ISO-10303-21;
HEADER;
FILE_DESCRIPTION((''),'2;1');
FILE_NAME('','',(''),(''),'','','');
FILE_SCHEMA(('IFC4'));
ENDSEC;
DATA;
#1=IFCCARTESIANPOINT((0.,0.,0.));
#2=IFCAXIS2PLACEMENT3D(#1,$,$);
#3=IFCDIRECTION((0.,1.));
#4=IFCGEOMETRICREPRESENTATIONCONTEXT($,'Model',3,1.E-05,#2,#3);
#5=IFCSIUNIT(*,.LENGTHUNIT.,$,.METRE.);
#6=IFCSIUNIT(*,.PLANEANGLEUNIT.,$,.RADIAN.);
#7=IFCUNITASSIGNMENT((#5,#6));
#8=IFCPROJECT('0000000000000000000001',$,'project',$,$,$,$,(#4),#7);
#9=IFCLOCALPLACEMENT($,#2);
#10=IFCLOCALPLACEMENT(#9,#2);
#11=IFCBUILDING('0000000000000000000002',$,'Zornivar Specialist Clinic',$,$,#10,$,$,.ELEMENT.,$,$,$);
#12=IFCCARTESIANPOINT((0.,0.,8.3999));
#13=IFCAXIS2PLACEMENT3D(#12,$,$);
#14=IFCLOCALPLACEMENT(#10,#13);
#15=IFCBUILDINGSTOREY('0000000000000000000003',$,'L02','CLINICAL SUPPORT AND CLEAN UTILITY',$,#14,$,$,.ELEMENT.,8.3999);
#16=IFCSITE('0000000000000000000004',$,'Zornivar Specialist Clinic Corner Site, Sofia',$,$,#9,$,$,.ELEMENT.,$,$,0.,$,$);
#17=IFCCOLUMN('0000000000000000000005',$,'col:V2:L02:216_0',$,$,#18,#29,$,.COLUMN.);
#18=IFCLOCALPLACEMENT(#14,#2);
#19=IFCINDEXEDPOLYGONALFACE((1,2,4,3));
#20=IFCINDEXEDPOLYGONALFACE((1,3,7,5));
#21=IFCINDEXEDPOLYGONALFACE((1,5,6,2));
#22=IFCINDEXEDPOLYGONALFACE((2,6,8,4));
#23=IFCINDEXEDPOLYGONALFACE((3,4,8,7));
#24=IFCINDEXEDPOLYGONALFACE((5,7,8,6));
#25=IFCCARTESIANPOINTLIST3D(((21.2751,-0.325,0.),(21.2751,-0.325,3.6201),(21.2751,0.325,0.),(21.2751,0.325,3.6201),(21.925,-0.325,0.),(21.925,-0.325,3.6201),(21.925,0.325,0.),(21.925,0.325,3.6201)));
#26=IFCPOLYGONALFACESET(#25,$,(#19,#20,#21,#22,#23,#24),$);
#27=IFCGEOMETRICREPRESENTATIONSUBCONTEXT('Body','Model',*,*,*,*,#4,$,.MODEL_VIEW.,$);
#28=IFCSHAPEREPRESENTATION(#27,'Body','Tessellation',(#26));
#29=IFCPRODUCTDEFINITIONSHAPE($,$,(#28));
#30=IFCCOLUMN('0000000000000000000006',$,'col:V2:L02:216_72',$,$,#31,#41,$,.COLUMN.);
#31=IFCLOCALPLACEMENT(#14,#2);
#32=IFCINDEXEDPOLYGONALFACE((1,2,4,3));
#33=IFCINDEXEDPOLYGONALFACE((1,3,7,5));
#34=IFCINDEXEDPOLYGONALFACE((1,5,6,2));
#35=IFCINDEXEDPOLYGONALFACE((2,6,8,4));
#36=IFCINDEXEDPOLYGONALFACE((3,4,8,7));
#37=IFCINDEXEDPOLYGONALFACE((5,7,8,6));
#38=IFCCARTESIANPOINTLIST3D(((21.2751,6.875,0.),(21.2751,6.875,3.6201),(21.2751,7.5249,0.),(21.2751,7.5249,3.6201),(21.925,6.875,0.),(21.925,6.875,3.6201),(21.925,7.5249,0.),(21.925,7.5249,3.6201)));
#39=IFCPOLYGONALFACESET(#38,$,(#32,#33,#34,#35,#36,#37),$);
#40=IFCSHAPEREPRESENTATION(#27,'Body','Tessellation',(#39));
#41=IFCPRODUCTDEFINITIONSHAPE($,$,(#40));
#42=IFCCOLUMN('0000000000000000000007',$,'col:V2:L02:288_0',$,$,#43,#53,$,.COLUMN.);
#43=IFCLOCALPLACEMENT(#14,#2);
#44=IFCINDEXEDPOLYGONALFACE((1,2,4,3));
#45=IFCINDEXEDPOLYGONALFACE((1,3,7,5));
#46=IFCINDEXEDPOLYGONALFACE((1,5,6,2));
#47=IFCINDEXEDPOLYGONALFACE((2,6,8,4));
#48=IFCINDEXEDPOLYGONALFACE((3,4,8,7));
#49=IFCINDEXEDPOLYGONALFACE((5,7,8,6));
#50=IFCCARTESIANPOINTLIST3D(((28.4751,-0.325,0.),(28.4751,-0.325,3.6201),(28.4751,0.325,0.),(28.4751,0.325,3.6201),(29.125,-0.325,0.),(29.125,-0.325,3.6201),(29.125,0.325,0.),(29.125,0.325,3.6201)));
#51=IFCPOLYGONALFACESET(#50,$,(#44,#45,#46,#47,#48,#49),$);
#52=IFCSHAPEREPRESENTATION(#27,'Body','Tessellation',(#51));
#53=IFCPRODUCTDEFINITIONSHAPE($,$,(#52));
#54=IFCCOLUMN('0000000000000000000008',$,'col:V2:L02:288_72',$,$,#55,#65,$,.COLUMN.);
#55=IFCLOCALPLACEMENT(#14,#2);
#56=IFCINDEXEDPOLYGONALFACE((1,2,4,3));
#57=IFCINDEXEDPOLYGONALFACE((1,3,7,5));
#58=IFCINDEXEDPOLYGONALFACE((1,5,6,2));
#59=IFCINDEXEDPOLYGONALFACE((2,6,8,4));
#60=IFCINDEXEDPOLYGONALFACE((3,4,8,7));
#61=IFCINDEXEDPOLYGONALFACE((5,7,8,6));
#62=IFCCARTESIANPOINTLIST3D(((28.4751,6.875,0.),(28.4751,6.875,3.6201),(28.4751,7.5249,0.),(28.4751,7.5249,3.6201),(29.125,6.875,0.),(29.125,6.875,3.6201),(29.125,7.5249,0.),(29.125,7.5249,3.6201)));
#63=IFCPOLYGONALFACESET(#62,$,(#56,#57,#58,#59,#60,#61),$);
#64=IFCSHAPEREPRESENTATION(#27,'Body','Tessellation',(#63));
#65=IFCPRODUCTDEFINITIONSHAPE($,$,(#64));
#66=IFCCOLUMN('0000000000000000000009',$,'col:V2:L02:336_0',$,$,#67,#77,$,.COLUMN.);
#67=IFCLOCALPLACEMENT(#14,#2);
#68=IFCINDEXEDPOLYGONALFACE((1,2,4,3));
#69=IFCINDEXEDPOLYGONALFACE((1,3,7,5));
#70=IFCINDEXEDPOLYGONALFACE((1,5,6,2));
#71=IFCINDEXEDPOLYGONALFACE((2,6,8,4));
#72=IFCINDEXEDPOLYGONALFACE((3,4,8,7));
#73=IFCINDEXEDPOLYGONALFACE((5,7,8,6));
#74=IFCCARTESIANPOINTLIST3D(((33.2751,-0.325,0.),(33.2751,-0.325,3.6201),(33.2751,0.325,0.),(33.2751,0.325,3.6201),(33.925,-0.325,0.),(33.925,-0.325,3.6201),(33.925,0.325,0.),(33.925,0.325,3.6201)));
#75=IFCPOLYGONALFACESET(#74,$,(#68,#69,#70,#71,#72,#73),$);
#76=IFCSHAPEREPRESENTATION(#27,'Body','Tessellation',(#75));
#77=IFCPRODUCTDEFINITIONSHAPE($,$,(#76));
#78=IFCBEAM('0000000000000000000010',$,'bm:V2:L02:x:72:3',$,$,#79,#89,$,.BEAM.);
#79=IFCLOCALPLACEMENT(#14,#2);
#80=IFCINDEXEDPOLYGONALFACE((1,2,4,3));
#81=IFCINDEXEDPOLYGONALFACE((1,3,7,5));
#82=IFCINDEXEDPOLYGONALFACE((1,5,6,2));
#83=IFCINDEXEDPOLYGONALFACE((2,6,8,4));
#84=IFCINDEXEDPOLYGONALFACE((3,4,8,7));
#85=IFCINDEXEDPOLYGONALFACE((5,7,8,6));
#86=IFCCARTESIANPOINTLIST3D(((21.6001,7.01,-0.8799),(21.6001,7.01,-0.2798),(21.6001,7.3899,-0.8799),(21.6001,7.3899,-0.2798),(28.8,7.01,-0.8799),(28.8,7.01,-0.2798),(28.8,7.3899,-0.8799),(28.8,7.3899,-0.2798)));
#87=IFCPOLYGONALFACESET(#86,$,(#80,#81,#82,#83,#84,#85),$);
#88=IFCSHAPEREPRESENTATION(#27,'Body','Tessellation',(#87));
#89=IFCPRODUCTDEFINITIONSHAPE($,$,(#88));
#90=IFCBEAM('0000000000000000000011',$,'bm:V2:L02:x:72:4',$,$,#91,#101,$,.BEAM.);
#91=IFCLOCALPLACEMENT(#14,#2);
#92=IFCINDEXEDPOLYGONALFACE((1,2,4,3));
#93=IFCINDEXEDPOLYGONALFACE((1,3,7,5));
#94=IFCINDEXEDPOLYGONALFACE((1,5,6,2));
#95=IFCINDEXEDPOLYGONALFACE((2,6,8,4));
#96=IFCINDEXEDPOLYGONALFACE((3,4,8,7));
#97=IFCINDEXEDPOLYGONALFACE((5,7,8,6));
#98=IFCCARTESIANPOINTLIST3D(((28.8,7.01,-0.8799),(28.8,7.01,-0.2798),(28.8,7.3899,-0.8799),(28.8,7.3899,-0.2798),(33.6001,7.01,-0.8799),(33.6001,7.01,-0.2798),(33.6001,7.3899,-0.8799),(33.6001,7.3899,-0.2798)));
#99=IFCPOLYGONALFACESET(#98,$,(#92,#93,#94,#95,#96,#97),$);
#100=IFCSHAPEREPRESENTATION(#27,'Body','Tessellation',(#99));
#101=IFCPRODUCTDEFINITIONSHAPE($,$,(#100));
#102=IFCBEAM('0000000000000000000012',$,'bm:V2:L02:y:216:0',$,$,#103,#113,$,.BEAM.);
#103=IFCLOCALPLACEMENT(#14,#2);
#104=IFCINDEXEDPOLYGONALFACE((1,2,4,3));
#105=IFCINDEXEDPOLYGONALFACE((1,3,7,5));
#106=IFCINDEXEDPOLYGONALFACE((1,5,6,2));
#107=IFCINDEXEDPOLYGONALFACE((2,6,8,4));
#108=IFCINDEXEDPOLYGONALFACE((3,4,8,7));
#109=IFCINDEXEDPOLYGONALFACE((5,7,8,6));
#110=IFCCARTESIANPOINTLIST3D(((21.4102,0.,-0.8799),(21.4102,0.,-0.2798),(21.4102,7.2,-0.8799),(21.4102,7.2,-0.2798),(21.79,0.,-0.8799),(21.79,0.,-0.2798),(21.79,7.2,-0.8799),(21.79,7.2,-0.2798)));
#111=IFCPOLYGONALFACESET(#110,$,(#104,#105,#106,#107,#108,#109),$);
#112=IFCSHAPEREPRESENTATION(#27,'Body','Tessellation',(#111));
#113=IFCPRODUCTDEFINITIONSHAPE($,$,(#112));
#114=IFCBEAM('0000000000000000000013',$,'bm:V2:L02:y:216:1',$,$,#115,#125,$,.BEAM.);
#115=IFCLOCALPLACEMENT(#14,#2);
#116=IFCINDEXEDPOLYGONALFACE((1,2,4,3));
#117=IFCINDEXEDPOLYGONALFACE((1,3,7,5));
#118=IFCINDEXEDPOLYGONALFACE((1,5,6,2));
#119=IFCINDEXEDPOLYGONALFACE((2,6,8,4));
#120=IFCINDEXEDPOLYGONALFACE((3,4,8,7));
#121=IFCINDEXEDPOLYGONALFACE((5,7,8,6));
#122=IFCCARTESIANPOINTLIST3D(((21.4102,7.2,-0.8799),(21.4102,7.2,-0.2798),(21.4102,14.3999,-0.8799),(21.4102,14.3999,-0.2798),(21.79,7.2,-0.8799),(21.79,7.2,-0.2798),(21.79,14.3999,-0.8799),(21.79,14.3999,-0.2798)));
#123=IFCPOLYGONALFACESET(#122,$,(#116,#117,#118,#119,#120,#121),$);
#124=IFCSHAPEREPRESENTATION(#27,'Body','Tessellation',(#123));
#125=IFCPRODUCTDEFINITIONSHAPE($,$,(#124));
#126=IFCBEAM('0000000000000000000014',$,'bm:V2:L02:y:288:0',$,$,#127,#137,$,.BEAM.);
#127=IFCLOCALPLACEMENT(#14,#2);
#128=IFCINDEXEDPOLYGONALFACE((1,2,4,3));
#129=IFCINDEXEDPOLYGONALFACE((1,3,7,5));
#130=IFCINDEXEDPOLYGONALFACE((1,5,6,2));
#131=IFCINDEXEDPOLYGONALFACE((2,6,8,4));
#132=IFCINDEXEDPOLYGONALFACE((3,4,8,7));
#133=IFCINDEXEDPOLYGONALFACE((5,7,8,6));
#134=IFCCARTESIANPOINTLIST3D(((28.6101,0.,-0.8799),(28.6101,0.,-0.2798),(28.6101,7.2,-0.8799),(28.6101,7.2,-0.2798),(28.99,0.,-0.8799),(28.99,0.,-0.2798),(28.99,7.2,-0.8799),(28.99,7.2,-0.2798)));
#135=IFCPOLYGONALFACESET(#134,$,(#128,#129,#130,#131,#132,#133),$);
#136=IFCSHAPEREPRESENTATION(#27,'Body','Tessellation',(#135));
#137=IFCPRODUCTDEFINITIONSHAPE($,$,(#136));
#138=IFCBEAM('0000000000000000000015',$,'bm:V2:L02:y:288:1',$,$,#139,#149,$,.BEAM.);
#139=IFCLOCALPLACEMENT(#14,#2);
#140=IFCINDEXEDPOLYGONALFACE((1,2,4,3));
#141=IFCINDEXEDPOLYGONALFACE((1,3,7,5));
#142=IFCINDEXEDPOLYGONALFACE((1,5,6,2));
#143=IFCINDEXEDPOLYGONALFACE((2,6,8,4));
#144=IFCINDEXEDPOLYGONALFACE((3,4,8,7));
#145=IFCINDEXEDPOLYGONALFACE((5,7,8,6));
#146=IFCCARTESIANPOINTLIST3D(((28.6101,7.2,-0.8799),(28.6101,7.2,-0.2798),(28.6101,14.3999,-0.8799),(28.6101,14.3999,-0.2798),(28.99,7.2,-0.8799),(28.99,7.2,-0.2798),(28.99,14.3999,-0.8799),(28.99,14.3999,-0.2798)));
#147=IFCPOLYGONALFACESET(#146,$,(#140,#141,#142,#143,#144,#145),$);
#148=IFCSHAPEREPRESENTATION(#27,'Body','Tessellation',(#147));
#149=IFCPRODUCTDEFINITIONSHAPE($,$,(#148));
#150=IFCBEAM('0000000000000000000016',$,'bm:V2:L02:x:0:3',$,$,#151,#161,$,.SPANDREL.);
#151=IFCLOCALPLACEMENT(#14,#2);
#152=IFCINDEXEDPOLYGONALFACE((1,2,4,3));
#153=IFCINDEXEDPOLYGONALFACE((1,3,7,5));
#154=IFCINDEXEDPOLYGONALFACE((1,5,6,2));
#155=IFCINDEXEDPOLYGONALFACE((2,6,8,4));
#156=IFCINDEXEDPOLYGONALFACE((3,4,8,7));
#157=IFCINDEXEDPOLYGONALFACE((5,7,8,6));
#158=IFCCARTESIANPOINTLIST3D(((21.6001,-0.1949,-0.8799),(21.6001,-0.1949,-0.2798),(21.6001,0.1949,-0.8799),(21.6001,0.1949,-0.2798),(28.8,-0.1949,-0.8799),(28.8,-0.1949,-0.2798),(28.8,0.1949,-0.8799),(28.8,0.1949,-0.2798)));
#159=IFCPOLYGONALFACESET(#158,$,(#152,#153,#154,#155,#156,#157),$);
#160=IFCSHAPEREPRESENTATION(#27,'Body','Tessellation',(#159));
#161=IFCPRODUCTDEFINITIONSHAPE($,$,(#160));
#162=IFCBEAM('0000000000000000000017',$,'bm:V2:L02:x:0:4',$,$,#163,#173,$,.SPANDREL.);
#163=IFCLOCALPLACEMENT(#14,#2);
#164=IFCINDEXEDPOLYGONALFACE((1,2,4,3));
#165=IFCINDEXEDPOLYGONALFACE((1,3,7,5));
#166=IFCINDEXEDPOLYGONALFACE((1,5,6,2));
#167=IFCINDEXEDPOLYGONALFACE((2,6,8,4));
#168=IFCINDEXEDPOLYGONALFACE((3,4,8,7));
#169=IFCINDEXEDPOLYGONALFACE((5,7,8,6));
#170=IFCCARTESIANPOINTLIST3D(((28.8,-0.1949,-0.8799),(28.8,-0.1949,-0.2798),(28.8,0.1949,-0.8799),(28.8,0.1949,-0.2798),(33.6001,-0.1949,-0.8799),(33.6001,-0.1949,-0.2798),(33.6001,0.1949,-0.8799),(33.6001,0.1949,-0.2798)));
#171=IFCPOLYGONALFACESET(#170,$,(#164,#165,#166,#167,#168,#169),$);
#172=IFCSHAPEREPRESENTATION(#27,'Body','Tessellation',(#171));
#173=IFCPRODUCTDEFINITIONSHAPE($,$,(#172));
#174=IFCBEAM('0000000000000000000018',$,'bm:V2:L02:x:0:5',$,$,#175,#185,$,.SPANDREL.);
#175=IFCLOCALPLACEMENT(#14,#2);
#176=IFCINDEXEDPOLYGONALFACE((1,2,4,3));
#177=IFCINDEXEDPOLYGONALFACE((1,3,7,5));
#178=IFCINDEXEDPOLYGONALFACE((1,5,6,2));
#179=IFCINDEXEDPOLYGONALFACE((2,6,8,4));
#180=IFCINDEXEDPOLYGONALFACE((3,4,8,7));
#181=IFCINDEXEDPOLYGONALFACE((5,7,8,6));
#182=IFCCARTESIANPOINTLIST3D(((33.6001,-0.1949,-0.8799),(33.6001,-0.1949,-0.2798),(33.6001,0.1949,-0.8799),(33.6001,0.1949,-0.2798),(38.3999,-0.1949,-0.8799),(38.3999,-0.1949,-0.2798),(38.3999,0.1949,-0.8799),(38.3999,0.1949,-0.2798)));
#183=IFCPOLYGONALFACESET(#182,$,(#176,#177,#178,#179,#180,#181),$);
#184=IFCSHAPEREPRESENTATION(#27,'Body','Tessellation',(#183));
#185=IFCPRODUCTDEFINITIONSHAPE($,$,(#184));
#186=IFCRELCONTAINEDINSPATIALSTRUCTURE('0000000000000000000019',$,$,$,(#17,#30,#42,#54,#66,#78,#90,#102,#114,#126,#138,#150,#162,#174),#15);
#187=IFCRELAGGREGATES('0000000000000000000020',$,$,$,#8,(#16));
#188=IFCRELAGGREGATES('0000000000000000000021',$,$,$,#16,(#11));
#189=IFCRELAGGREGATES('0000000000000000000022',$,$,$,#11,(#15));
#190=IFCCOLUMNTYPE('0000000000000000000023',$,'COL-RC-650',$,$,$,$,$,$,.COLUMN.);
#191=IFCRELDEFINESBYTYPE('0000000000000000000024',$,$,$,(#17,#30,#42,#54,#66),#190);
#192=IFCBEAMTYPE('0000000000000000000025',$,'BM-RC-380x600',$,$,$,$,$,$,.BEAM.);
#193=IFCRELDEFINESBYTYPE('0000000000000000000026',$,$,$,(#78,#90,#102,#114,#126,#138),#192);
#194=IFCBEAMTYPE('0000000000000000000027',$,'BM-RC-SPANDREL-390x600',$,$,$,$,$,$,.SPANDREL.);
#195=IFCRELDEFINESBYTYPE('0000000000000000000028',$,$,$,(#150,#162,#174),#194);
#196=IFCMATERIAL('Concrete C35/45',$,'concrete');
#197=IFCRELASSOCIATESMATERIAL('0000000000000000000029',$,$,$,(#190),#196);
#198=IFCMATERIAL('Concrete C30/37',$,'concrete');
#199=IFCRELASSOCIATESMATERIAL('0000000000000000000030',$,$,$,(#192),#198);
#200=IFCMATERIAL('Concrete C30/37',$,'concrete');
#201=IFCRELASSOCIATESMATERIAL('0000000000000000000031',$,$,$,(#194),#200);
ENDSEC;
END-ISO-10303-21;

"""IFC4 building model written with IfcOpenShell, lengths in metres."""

from ifc_helpers import new_model, si_unit, direction, frame, origin, origin_2d, place, context, subcontext, project, spatial, rectangle, extrude, material, material_profile, profile_set, type_object, element, save


model = new_model("IFC4")

# Units and contexts
model_context = context("Model", 3, precision=1e-05, world=origin(), true_north=direction((0.0, 1.0)))
body_context = subcontext(model_context, "Body", "Model", "MODEL_VIEW")
ifc_project = project(units=[si_unit("LENGTHUNIT", "METRE"), si_unit("PLANEANGLEUNIT", "RADIAN")], contexts=[model_context])

# Site, building, storey
site_placement = place(None, origin())
site = spatial("IfcSite", under=ifc_project, at=site_placement, Name="Zornivar Specialist Clinic Corner Site, Sofia", CompositionType="ELEMENT", RefElevation=0.0)
building_placement = place(site_placement, origin())
building = spatial("IfcBuilding", under=site, at=building_placement, Name="Zornivar Specialist Clinic", CompositionType="ELEMENT")
storey_placement = place(building_placement, frame((0.0, 0.0, 8.3999)))
storey = spatial("IfcBuildingStorey", under=building, at=storey_placement, Name="L02", Description="CLINICAL SUPPORT AND CLEAN UTILITY", CompositionType="ELEMENT", Elevation=8.3999)

# Columns
ifc_material_1 = material(Name="Concrete C35/45", Category="concrete")
ifc_material_profile_1 = material_profile(ifc_material_1, rectangle(XDim=0.6499, YDim=0.6499, at=origin_2d()), Name="RC 650x650")
ifc_profile_set_1 = profile_set([ifc_material_profile_1], Name="Concrete C35/45")
column_type = type_object("IfcColumnType", Name="COL-RC-650", PredefinedType="COLUMN", material=ifc_profile_set_1)
for number, where, z_axis, x_axis, name in (
    (1, (21.6001, 0.0, 0.0), (0.0, 0.0, 1.0), (1.0, 0.0, 0.0), "col:V2:L02:216_0"),
    (2, (21.6001, 7.2, 0.0), (0.0, 0.0, 1.0), (1.0, 0.0, 0.0), "col:V2:L02:216_72"),
    (3, (28.8, 0.0, 0.0), (0.0, 0.0, 1.0), (1.0, 0.0, 0.0), "col:V2:L02:288_0"),
    (4, (28.8, 7.2, 0.0), (0.0, 0.0, 1.0), (1.0, 0.0, 0.0), "col:V2:L02:288_72"),
    (5, (33.6001, 0.0, 0.0), (0.0, 0.0, 1.0), (1.0, 0.0, 0.0), "col:V2:L02:336_0"),
):
    element("IfcColumn", number, at=place(storey_placement, frame(where, z_axis=z_axis, x_axis=x_axis)), inside=storey, type_object=column_type, Name=name, PredefinedType="COLUMN", context=body_context, shape_type="SweptSolid", body=[
        extrude(rectangle(XDim=0.6499, YDim=0.6499, at=origin_2d()), origin(), (0.0, 0.0, 1.0), 3.6201),
    ])

# Beams
ifc_material_2 = material(Name="Concrete C30/37", Category="concrete")
ifc_material_profile_2 = material_profile(ifc_material_2, rectangle(XDim=0.3799, YDim=0.6001, at=origin_2d()), Name="RC 380x600")
ifc_profile_set_2 = profile_set([ifc_material_profile_2], Name="Concrete C30/37")
beam_type_1 = type_object("IfcBeamType", Name="BM-RC-380x600", PredefinedType="BEAM", material=ifc_profile_set_2)
beam_1_placement = place(storey_placement, frame((21.6001, 7.2, -0.5798), z_axis=(1.0, 0.0, 0.0), x_axis=(0.0, 1.0, 0.0)))
element("IfcBeam", 6, at=beam_1_placement, inside=storey, type_object=beam_type_1, Name="bm:V2:L02:x:72:3", PredefinedType="BEAM", context=body_context, shape_type="SweptSolid", body=[
    extrude(rectangle(XDim=0.3799, YDim=0.6001, at=origin_2d()), origin(), (0.0, 0.0, 1.0), 7.2),
])
beam_2_placement = place(storey_placement, frame((28.8, 7.2, -0.5798), z_axis=(1.0, 0.0, 0.0), x_axis=(0.0, 1.0, 0.0)))
element("IfcBeam", 7, at=beam_2_placement, inside=storey, type_object=beam_type_1, Name="bm:V2:L02:x:72:4", PredefinedType="BEAM", context=body_context, shape_type="SweptSolid", body=[
    extrude(rectangle(XDim=0.3799, YDim=0.6001, at=origin_2d()), origin(), (0.0, 0.0, 1.0), 4.8),
])
for number, where, z_axis, x_axis, name in (
    (8, (21.6001, 0.0, -0.5798), (0.0, 1.0, 0.0), (-1.0, 0.0, 0.0), "bm:V2:L02:y:216:0"),
    (9, (21.6001, 7.2, -0.5798), (0.0, 1.0, 0.0), (-1.0, 0.0, 0.0), "bm:V2:L02:y:216:1"),
    (10, (28.8, 0.0, -0.5798), (0.0, 1.0, 0.0), (-1.0, 0.0, 0.0), "bm:V2:L02:y:288:0"),
    (11, (28.8, 7.2, -0.5798), (0.0, 1.0, 0.0), (-1.0, 0.0, 0.0), "bm:V2:L02:y:288:1"),
):
    element("IfcBeam", number, at=place(storey_placement, frame(where, z_axis=z_axis, x_axis=x_axis)), inside=storey, type_object=beam_type_1, Name=name, PredefinedType="BEAM", context=body_context, shape_type="SweptSolid", body=[
        extrude(rectangle(XDim=0.3799, YDim=0.6001, at=origin_2d()), origin(), (0.0, 0.0, 1.0), 7.2),
    ])
ifc_material_3 = material(Name="Concrete C30/37", Category="concrete")
ifc_material_profile_3 = material_profile(ifc_material_3, rectangle(XDim=0.3899, YDim=0.6001, at=origin_2d()), Name="RC 390x600")
ifc_profile_set_3 = profile_set([ifc_material_profile_3], Name="Concrete C30/37")
beam_type_2 = type_object("IfcBeamType", Name="BM-RC-SPANDREL-390x600", PredefinedType="SPANDREL", material=ifc_profile_set_3)
beam_3_placement = place(storey_placement, frame((21.6001, 0.0, -0.5798), z_axis=(1.0, 0.0, 0.0), x_axis=(0.0, 1.0, 0.0)))
element("IfcBeam", 12, at=beam_3_placement, inside=storey, type_object=beam_type_2, Name="bm:V2:L02:x:0:3", PredefinedType="SPANDREL", context=body_context, shape_type="SweptSolid", body=[
    extrude(rectangle(XDim=0.3899, YDim=0.6001, at=origin_2d()), origin(), (0.0, 0.0, 1.0), 7.2),
])
beam_4_placement = place(storey_placement, frame((28.8, 0.0, -0.5798), z_axis=(1.0, 0.0, 0.0), x_axis=(0.0, 1.0, 0.0)))
element("IfcBeam", 13, at=beam_4_placement, inside=storey, type_object=beam_type_2, Name="bm:V2:L02:x:0:4", PredefinedType="SPANDREL", context=body_context, shape_type="SweptSolid", body=[
    extrude(rectangle(XDim=0.3899, YDim=0.6001, at=origin_2d()), origin(), (0.0, 0.0, 1.0), 4.8),
])
beam_5_placement = place(storey_placement, frame((33.6001, 0.0, -0.5798), z_axis=(1.0, 0.0, 0.0), x_axis=(0.0, 1.0, 0.0)))
element("IfcBeam", 14, at=beam_5_placement, inside=storey, type_object=beam_type_2, Name="bm:V2:L02:x:0:5", PredefinedType="SPANDREL", context=body_context, shape_type="SweptSolid", body=[
    extrude(rectangle(XDim=0.3899, YDim=0.6001, at=origin_2d()), origin(), (0.0, 0.0, 1.0), 4.7998),
])

save(model, "model.ifc")
